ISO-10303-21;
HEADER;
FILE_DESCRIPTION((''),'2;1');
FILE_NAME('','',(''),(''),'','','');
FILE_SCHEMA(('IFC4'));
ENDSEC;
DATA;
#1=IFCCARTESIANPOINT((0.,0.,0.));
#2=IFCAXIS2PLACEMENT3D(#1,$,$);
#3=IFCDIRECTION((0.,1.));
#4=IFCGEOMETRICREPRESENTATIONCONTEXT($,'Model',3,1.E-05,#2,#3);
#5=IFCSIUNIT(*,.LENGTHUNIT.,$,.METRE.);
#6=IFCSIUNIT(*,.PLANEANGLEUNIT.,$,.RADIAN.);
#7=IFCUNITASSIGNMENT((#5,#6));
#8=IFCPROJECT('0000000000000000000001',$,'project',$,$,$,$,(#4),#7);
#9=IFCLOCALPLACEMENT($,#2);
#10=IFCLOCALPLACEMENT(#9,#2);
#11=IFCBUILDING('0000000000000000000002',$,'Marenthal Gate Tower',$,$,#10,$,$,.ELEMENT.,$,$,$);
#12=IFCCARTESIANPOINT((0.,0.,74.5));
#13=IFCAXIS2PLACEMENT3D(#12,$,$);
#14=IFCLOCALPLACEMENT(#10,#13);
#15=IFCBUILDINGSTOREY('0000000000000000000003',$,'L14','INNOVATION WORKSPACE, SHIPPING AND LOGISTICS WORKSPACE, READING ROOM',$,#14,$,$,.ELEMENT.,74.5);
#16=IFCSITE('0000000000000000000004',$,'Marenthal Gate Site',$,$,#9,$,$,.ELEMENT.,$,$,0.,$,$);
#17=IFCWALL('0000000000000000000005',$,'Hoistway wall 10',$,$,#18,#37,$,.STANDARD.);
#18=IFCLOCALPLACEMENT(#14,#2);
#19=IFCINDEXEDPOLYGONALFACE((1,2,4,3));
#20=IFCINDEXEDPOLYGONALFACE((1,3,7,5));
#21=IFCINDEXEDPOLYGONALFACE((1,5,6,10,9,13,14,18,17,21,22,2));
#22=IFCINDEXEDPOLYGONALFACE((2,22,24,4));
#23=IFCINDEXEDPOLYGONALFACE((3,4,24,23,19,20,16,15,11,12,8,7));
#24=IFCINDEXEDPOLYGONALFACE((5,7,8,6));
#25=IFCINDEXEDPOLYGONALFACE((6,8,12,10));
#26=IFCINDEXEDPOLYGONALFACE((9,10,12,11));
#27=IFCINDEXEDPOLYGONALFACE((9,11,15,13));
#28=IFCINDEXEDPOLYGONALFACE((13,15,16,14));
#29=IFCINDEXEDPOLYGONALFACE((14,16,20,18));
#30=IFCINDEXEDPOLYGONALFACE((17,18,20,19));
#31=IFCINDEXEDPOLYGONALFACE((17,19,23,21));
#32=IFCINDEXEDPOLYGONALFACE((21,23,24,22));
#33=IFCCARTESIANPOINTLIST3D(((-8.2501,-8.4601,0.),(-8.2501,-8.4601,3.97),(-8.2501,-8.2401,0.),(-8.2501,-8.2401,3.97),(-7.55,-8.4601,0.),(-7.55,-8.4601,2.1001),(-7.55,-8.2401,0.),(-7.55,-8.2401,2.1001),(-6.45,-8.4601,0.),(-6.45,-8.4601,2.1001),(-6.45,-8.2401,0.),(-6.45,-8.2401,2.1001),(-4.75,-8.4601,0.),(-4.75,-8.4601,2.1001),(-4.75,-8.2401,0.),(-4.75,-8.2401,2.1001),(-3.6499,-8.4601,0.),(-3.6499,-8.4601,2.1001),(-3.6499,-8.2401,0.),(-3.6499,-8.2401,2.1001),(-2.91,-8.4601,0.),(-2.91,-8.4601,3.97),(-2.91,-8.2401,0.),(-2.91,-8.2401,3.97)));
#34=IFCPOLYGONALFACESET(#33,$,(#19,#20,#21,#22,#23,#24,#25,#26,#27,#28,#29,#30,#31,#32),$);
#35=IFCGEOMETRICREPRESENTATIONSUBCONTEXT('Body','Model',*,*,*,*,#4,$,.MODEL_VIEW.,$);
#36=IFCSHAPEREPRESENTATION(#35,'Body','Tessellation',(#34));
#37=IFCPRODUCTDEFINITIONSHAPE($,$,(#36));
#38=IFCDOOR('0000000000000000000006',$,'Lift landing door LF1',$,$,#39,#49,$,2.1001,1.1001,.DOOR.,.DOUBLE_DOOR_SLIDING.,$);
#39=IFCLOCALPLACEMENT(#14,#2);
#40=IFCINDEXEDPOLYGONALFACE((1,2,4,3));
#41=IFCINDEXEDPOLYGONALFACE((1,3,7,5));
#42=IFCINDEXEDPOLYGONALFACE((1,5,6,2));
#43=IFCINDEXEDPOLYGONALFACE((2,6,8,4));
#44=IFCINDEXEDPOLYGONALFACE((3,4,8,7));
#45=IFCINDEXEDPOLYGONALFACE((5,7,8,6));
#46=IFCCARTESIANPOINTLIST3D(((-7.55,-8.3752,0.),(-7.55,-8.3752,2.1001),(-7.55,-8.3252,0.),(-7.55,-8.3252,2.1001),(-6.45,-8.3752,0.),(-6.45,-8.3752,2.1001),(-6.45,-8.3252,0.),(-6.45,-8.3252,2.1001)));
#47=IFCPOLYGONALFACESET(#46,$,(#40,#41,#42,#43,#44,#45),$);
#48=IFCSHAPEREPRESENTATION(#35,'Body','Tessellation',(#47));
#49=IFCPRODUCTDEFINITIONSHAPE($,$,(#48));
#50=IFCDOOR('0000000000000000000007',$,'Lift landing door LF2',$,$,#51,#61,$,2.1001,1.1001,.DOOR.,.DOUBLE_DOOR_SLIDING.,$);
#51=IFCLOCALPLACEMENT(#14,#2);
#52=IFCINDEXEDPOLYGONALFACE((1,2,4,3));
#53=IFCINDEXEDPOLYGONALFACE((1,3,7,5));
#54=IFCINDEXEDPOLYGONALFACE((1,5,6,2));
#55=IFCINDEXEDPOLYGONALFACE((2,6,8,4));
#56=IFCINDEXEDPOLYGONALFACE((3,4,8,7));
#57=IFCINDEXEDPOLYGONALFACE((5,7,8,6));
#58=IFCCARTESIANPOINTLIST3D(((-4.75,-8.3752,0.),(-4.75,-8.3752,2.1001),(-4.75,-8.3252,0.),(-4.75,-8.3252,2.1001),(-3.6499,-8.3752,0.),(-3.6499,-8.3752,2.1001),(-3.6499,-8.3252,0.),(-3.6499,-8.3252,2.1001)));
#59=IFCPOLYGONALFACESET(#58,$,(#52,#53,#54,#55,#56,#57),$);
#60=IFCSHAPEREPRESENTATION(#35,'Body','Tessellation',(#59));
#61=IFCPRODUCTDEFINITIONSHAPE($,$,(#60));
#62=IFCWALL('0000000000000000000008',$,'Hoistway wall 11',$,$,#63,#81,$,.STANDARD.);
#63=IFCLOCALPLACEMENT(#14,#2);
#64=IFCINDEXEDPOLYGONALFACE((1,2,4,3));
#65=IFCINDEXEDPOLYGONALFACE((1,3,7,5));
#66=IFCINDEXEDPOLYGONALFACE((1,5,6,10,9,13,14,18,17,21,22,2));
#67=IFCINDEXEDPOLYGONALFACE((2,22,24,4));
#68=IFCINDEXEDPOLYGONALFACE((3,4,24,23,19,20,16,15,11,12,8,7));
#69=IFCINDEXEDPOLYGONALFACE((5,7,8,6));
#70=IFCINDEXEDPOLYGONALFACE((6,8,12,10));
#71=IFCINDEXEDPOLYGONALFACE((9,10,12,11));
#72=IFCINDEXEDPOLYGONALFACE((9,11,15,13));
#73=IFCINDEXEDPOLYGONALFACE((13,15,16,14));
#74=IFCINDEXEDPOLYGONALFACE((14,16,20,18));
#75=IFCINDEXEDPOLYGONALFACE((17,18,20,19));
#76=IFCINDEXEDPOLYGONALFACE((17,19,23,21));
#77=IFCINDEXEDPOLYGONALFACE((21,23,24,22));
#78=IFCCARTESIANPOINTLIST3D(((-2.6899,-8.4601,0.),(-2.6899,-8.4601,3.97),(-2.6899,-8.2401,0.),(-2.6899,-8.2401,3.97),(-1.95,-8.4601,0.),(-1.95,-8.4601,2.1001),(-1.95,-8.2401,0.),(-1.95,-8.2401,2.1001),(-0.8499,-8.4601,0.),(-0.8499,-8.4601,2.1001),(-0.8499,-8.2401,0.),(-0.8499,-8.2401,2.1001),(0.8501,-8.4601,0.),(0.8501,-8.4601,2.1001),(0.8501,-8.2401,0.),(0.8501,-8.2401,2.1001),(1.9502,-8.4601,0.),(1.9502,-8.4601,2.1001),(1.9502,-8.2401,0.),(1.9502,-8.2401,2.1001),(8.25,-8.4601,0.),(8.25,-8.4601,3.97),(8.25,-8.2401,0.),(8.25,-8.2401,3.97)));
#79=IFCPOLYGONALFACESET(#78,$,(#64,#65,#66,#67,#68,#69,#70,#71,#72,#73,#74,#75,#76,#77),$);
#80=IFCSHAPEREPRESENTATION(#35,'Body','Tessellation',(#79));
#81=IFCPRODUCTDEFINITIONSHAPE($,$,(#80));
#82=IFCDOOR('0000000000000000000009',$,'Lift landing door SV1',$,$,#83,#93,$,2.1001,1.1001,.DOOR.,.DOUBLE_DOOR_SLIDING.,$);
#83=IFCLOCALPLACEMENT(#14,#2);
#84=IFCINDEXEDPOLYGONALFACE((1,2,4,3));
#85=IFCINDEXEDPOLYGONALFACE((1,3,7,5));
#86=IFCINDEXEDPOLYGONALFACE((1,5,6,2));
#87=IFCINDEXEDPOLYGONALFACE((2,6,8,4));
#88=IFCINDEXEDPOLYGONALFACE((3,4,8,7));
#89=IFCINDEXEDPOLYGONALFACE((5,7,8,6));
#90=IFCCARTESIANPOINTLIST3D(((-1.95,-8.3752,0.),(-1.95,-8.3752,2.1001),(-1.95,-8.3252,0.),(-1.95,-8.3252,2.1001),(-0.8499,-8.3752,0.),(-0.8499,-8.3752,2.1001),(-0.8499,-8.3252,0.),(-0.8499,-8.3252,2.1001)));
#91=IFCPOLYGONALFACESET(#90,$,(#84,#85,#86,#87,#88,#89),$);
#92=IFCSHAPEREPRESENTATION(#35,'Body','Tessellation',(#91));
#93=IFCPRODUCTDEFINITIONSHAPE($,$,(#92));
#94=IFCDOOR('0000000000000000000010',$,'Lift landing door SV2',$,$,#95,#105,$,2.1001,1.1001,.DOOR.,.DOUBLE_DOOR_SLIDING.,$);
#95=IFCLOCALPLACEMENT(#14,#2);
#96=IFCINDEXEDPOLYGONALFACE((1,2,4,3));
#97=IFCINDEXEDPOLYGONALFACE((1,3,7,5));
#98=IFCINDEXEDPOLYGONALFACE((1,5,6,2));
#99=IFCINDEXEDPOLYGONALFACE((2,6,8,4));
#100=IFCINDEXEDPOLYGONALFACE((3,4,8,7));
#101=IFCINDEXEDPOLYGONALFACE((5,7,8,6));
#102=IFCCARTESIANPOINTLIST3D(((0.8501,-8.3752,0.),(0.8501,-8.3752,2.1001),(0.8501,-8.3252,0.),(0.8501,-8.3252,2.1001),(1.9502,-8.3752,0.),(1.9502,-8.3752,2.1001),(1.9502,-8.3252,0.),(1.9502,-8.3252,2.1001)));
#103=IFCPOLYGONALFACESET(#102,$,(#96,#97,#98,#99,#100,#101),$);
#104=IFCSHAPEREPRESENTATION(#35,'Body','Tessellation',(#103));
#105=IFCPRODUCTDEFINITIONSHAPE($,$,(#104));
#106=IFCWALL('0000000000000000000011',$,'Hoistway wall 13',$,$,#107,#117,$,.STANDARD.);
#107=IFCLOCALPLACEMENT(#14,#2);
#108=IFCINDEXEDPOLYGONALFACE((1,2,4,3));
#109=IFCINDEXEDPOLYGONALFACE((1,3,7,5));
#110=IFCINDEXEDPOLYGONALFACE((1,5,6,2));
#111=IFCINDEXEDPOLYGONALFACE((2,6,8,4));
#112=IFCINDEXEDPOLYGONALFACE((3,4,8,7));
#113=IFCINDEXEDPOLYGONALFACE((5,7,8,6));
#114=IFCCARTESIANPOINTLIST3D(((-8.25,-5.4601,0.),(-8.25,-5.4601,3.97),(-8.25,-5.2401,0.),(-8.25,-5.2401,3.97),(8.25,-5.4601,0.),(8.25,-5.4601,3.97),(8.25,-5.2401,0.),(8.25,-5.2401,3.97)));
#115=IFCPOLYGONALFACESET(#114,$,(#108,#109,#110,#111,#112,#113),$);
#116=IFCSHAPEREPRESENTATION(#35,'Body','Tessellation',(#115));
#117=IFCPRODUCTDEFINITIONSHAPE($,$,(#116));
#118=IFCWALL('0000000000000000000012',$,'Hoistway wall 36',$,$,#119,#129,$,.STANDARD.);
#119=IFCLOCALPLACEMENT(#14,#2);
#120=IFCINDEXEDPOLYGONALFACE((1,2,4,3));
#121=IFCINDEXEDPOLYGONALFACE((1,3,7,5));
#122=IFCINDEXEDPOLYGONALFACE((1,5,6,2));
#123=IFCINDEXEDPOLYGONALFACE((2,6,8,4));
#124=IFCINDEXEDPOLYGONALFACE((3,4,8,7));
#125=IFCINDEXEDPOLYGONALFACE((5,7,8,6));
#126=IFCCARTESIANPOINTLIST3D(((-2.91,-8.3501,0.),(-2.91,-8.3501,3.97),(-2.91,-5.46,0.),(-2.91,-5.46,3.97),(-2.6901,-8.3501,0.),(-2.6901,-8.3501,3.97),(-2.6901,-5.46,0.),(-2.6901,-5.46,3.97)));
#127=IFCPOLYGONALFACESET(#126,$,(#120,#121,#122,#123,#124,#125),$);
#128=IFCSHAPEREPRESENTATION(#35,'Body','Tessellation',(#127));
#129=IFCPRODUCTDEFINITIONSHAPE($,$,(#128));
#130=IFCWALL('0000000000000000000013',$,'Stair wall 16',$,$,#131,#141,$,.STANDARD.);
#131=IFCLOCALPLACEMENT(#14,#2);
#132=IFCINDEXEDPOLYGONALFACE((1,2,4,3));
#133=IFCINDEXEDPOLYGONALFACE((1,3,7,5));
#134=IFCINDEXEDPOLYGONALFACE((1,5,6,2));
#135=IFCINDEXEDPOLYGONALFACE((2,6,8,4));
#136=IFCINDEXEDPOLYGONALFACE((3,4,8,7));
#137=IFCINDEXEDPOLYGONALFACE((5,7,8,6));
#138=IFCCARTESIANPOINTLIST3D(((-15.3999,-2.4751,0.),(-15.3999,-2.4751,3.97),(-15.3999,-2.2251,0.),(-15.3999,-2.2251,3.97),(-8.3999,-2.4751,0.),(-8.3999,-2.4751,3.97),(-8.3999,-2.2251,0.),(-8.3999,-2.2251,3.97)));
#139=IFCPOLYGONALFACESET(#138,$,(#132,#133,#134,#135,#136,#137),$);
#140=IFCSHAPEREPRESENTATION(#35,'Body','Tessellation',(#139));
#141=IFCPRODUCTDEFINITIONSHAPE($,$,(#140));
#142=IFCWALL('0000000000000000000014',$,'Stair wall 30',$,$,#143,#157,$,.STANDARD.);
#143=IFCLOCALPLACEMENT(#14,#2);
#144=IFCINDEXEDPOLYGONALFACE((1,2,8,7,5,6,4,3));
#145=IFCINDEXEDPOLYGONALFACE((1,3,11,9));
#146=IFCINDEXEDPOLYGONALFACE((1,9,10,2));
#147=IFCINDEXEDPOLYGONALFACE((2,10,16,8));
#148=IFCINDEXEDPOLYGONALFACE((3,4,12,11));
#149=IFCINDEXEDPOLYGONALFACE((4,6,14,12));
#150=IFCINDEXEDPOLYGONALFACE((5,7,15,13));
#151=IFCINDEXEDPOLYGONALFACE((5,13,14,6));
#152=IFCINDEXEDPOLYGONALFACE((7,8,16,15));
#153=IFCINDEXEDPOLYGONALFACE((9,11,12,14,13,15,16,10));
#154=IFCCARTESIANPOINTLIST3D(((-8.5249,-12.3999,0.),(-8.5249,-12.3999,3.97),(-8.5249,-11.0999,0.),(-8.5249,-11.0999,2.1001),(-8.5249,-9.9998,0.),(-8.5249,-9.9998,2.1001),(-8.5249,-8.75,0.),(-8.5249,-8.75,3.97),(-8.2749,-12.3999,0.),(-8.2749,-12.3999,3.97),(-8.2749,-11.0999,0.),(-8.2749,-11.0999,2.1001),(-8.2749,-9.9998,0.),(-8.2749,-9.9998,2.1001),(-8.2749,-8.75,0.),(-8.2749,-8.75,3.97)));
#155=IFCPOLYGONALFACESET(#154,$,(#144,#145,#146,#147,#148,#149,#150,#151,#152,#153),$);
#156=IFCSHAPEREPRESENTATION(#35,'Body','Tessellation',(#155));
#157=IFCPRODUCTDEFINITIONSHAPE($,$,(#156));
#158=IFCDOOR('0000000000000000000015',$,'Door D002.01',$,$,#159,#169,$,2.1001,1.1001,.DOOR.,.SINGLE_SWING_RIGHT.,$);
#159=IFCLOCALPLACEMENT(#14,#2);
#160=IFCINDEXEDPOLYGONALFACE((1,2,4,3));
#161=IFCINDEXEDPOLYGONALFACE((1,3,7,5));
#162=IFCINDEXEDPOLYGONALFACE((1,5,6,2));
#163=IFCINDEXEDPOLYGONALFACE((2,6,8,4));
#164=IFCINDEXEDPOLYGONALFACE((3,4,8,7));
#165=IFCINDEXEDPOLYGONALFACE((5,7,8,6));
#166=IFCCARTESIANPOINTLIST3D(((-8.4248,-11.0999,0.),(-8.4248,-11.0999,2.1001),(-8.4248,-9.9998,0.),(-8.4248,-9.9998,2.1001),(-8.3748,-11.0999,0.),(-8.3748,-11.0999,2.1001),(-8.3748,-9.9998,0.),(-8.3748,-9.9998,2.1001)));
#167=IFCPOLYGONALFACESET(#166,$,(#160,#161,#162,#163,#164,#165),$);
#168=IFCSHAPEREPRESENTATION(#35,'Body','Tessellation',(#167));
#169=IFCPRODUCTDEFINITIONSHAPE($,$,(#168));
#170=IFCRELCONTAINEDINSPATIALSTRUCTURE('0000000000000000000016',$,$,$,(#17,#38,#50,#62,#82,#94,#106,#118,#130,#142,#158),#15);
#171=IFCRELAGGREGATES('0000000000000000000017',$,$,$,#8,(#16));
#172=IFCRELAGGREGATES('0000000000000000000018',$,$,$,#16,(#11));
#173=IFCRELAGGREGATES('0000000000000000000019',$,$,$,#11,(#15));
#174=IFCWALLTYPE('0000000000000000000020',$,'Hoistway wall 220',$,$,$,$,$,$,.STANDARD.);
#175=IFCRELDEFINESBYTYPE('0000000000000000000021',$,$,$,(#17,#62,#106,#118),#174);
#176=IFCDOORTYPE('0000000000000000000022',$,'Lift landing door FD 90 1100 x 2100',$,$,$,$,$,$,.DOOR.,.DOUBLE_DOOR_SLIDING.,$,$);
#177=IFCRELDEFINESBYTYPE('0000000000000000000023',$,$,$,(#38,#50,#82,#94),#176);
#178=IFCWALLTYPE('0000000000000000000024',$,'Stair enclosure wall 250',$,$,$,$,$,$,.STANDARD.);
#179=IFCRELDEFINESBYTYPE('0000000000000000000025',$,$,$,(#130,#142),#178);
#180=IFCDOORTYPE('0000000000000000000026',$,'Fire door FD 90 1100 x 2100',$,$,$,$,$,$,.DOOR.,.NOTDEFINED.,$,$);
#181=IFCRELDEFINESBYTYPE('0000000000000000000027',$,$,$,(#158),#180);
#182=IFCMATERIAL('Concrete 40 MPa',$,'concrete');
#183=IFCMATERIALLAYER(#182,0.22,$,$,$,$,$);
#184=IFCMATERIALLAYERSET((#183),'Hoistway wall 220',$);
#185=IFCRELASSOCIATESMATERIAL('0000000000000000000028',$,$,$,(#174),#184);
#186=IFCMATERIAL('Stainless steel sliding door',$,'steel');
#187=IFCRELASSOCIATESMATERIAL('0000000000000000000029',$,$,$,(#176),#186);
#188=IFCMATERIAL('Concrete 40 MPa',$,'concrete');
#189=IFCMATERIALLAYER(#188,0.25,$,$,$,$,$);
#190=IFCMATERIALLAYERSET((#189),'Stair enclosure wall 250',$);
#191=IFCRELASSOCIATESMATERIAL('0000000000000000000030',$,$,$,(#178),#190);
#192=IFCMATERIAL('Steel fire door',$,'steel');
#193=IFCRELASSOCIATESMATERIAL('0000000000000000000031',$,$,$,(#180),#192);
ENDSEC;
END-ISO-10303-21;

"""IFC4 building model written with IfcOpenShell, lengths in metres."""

from ifc_helpers import new_model, si_unit, direction, frame, frame_2d, origin, place, context, subcontext, project, spatial, rectangle, extrude, material, layer, layer_set, type_object, element, fill, save


model = new_model("IFC4")

# Units and contexts
model_context = context("Model", 3, precision=1e-05, world=origin(), true_north=direction((0.0, 1.0)))
body_context = subcontext(model_context, "Body", "Model", "MODEL_VIEW")
ifc_project = project(units=[si_unit("LENGTHUNIT", "METRE"), si_unit("PLANEANGLEUNIT", "RADIAN")], contexts=[model_context])

# Site, building, storey
site_placement = place(None, origin())
site = spatial("IfcSite", under=ifc_project, at=site_placement, Name="Marenthal Gate Site", CompositionType="ELEMENT", RefElevation=0.0)
building_placement = place(site_placement, origin())
building = spatial("IfcBuilding", under=site, at=building_placement, Name="Marenthal Gate Tower", CompositionType="ELEMENT")
storey_placement = place(building_placement, frame((0.0, 0.0, 74.5)))
storey = spatial("IfcBuildingStorey", under=building, at=storey_placement, Name="L14", Description="INNOVATION WORKSPACE, SHIPPING AND LOGISTICS WORKSPACE, READING ROOM", CompositionType="ELEMENT", Elevation=74.5)

# Walls, openings, doors
ifc_material_1 = material(Name="Concrete 40 MPa", Category="concrete")
ifc_layer_1 = layer(ifc_material_1, 0.22)
ifc_layer_set_1 = layer_set([ifc_layer_1], Name="Hoistway wall 220")
wall_type_1 = type_object("IfcWallType", Name="Hoistway wall 220", PredefinedType="STANDARD", material=ifc_layer_set_1)
wall_1_placement = place(storey_placement, frame((-8.25, -8.3501, 0.0), z_axis=(0.0, 0.0, 1.0), x_axis=(1.0, 0.0, 0.0)))
wall_1 = element("IfcWall", 1, at=wall_1_placement, inside=storey, type_object=wall_type_1, Name="Hoistway wall 10", PredefinedType="STANDARD", context=body_context, shape_type="SweptSolid", body=[
    extrude(rectangle(XDim=5.3401, YDim=0.22, at=frame_2d((2.6699, 0.0))), origin(), (0.0, 0.0, 1.0), 3.97),
])
opening_1_placement = place(wall_1_placement, frame((0.7, 0.0, 0.0)))
opening_1 = element("IfcOpeningElement", 2, at=opening_1_placement, cuts=wall_1, PredefinedType="OPENING", context=body_context, shape_type="SweptSolid", body=[
    extrude(rectangle(XDim=1.1001, YDim=2.1001, at=frame_2d((0.55, 1.05))), frame((0.0, 0.1201, 0.0), z_axis=(0.0, -1.0, 0.0), x_axis=(1.0, 0.0, 0.0)), (0.0, 0.0, 1.0), 0.24),
])
opening_2_placement = place(wall_1_placement, frame((3.5, 0.0, 0.0)))
opening_2 = element("IfcOpeningElement", 3, at=opening_2_placement, cuts=wall_1, PredefinedType="OPENING", context=body_context, shape_type="SweptSolid", body=[
    extrude(rectangle(XDim=1.1001, YDim=2.1001, at=frame_2d((0.55, 1.05))), frame((0.0, 0.1201, 0.0), z_axis=(0.0, -1.0, 0.0), x_axis=(1.0, 0.0, 0.0)), (0.0, 0.0, 1.0), 0.24),
])
ifc_material_2 = material(Name="Stainless steel sliding door", Category="steel")
door_type_1 = type_object("IfcDoorType", Name="Lift landing door FD 90 1100 x 2100", OperationType="DOUBLE_DOOR_SLIDING", PredefinedType="DOOR", material=ifc_material_2)
door_1_placement = place(opening_1_placement, origin())
door_1 = element("IfcDoor", 4, at=door_1_placement, inside=storey, type_object=door_type_1, Name="Lift landing door LF1", OperationType="DOUBLE_DOOR_SLIDING", OverallHeight=2.1001, OverallWidth=1.1001, PredefinedType="DOOR", context=body_context, shape_type="SweptSolid", body=[
    extrude(rectangle(XDim=1.1001, YDim=2.1001, at=frame_2d((0.55, 1.05))), frame((0.0, 0.0249, 0.0), z_axis=(0.0, -1.0, 0.0), x_axis=(1.0, 0.0, 0.0)), (0.0, 0.0, 1.0), 0.05),
])
fill(opening_1, door_1)
door_2_placement = place(opening_2_placement, origin())
door_2 = element("IfcDoor", 5, at=door_2_placement, inside=storey, type_object=door_type_1, Name="Lift landing door LF2", OperationType="DOUBLE_DOOR_SLIDING", OverallHeight=2.1001, OverallWidth=1.1001, PredefinedType="DOOR", context=body_context, shape_type="SweptSolid", body=[
    extrude(rectangle(XDim=1.1001, YDim=2.1001, at=frame_2d((0.55, 1.05))), frame((0.0, 0.0249, 0.0), z_axis=(0.0, -1.0, 0.0), x_axis=(1.0, 0.0, 0.0)), (0.0, 0.0, 1.0), 0.05),
])
fill(opening_2, door_2)
wall_2_placement = place(storey_placement, frame((-2.6899, -8.3501, 0.0), z_axis=(0.0, 0.0, 1.0), x_axis=(1.0, 0.0, 0.0)))
wall_2 = element("IfcWall", 6, at=wall_2_placement, inside=storey, type_object=wall_type_1, Name="Hoistway wall 11", PredefinedType="STANDARD", context=body_context, shape_type="SweptSolid", body=[
    extrude(rectangle(XDim=10.9399, YDim=0.22, at=frame_2d((5.47, 0.0))), origin(), (0.0, 0.0, 1.0), 3.97),
])
opening_3_placement = place(wall_2_placement, frame((0.74, 0.0, 0.0)))
opening_3 = element("IfcOpeningElement", 7, at=opening_3_placement, cuts=wall_2, PredefinedType="OPENING", context=body_context, shape_type="SweptSolid", body=[
    extrude(rectangle(XDim=1.1001, YDim=2.1001, at=frame_2d((0.55, 1.05))), frame((0.0, 0.1201, 0.0), z_axis=(0.0, -1.0, 0.0), x_axis=(1.0, 0.0, 0.0)), (0.0, 0.0, 1.0), 0.24),
])
opening_4_placement = place(wall_2_placement, frame((3.54, 0.0, 0.0)))
opening_4 = element("IfcOpeningElement", 8, at=opening_4_placement, cuts=wall_2, PredefinedType="OPENING", context=body_context, shape_type="SweptSolid", body=[
    extrude(rectangle(XDim=1.1001, YDim=2.1001, at=frame_2d((0.55, 1.05))), frame((0.0, 0.1201, 0.0), z_axis=(0.0, -1.0, 0.0), x_axis=(1.0, 0.0, 0.0)), (0.0, 0.0, 1.0), 0.24),
])
door_3_placement = place(opening_3_placement, origin())
door_3 = element("IfcDoor", 9, at=door_3_placement, inside=storey, type_object=door_type_1, Name="Lift landing door SV1", OperationType="DOUBLE_DOOR_SLIDING", OverallHeight=2.1001, OverallWidth=1.1001, PredefinedType="DOOR", context=body_context, shape_type="SweptSolid", body=[
    extrude(rectangle(XDim=1.1001, YDim=2.1001, at=frame_2d((0.55, 1.05))), frame((0.0, 0.0249, 0.0), z_axis=(0.0, -1.0, 0.0), x_axis=(1.0, 0.0, 0.0)), (0.0, 0.0, 1.0), 0.05),
])
fill(opening_3, door_3)
door_4_placement = place(opening_4_placement, origin())
door_4 = element("IfcDoor", 10, at=door_4_placement, inside=storey, type_object=door_type_1, Name="Lift landing door SV2", OperationType="DOUBLE_DOOR_SLIDING", OverallHeight=2.1001, OverallWidth=1.1001, PredefinedType="DOOR", context=body_context, shape_type="SweptSolid", body=[
    extrude(rectangle(XDim=1.1001, YDim=2.1001, at=frame_2d((0.55, 1.05))), frame((0.0, 0.0249, 0.0), z_axis=(0.0, -1.0, 0.0), x_axis=(1.0, 0.0, 0.0)), (0.0, 0.0, 1.0), 0.05),
])
fill(opening_4, door_4)

# Walls
wall_3_placement = place(storey_placement, frame((-8.25, -5.3501, 0.0), z_axis=(0.0, 0.0, 1.0), x_axis=(1.0, 0.0, 0.0)))
element("IfcWall", 11, at=wall_3_placement, inside=storey, type_object=wall_type_1, Name="Hoistway wall 13", PredefinedType="STANDARD", context=body_context, shape_type="SweptSolid", body=[
    extrude(rectangle(XDim=16.5, YDim=0.22, at=frame_2d((8.25, 0.0))), origin(), (0.0, 0.0, 1.0), 3.97),
])
wall_4_placement = place(storey_placement, frame((-2.8, -8.3501, 0.0), z_axis=(0.0, 0.0, 1.0), x_axis=(0.0, 1.0, 0.0)))
element("IfcWall", 12, at=wall_4_placement, inside=storey, type_object=wall_type_1, Name="Hoistway wall 36", PredefinedType="STANDARD", context=body_context, shape_type="SweptSolid", body=[
    extrude(rectangle(XDim=2.8901, YDim=0.22, at=frame_2d((1.4451, 0.0))), origin(), (0.0, 0.0, 1.0), 3.97),
])
ifc_material_3 = material(Name="Concrete 40 MPa", Category="concrete")
ifc_layer_2 = layer(ifc_material_3, 0.25)
ifc_layer_set_2 = layer_set([ifc_layer_2], Name="Stair enclosure wall 250")
wall_type_2 = type_object("IfcWallType", Name="Stair enclosure wall 250", PredefinedType="STANDARD", material=ifc_layer_set_2)
wall_5_placement = place(storey_placement, frame((-15.3999, -2.3501, 0.0), z_axis=(0.0, 0.0, 1.0), x_axis=(1.0, 0.0, 0.0)))
element("IfcWall", 13, at=wall_5_placement, inside=storey, type_object=wall_type_2, Name="Stair wall 16", PredefinedType="STANDARD", context=body_context, shape_type="SweptSolid", body=[
    extrude(rectangle(XDim=7.0, YDim=0.25, at=frame_2d((3.5, 0.0))), origin(), (0.0, 0.0, 1.0), 3.97),
])

# Wall, opening, door
wall_6_placement = place(storey_placement, frame((-8.3999, -12.3999, 0.0), z_axis=(0.0, 0.0, 1.0), x_axis=(0.0, 1.0, 0.0)))
wall_6 = element("IfcWall", 14, at=wall_6_placement, inside=storey, type_object=wall_type_2, Name="Stair wall 30", PredefinedType="STANDARD", context=body_context, shape_type="SweptSolid", body=[
    extrude(rectangle(XDim=3.6499, YDim=0.25, at=frame_2d((1.825, 0.0))), origin(), (0.0, 0.0, 1.0), 3.97),
])
opening_5_placement = place(wall_6_placement, frame((1.3, 0.0, 0.0)))
opening_5 = element("IfcOpeningElement", 15, at=opening_5_placement, cuts=wall_6, PredefinedType="OPENING", context=body_context, shape_type="SweptSolid", body=[
    extrude(rectangle(XDim=1.1001, YDim=2.1001, at=frame_2d((0.55, 1.05))), frame((0.0, 0.135, 0.0), z_axis=(0.0, -1.0, 0.0), x_axis=(1.0, 0.0, 0.0)), (0.0, 0.0, 1.0), 0.27),
])
ifc_material_4 = material(Name="Steel fire door", Category="steel")
door_type_2 = type_object("IfcDoorType", Name="Fire door FD 90 1100 x 2100", OperationType="NOTDEFINED", PredefinedType="DOOR", material=ifc_material_4)
door_5_placement = place(opening_5_placement, origin())
door_5 = element("IfcDoor", 16, at=door_5_placement, inside=storey, type_object=door_type_2, Name="Door D002.01", OperationType="SINGLE_SWING_RIGHT", OverallHeight=2.1001, OverallWidth=1.1001, PredefinedType="DOOR", context=body_context, shape_type="SweptSolid", body=[
    extrude(rectangle(XDim=1.1001, YDim=2.1001, at=frame_2d((0.55, 1.05))), frame((0.0, 0.0249, 0.0), z_axis=(0.0, -1.0, 0.0), x_axis=(1.0, 0.0, 0.0)), (0.0, 0.0, 1.0), 0.05),
])
fill(opening_5, door_5)

save(model, "model.ifc")
